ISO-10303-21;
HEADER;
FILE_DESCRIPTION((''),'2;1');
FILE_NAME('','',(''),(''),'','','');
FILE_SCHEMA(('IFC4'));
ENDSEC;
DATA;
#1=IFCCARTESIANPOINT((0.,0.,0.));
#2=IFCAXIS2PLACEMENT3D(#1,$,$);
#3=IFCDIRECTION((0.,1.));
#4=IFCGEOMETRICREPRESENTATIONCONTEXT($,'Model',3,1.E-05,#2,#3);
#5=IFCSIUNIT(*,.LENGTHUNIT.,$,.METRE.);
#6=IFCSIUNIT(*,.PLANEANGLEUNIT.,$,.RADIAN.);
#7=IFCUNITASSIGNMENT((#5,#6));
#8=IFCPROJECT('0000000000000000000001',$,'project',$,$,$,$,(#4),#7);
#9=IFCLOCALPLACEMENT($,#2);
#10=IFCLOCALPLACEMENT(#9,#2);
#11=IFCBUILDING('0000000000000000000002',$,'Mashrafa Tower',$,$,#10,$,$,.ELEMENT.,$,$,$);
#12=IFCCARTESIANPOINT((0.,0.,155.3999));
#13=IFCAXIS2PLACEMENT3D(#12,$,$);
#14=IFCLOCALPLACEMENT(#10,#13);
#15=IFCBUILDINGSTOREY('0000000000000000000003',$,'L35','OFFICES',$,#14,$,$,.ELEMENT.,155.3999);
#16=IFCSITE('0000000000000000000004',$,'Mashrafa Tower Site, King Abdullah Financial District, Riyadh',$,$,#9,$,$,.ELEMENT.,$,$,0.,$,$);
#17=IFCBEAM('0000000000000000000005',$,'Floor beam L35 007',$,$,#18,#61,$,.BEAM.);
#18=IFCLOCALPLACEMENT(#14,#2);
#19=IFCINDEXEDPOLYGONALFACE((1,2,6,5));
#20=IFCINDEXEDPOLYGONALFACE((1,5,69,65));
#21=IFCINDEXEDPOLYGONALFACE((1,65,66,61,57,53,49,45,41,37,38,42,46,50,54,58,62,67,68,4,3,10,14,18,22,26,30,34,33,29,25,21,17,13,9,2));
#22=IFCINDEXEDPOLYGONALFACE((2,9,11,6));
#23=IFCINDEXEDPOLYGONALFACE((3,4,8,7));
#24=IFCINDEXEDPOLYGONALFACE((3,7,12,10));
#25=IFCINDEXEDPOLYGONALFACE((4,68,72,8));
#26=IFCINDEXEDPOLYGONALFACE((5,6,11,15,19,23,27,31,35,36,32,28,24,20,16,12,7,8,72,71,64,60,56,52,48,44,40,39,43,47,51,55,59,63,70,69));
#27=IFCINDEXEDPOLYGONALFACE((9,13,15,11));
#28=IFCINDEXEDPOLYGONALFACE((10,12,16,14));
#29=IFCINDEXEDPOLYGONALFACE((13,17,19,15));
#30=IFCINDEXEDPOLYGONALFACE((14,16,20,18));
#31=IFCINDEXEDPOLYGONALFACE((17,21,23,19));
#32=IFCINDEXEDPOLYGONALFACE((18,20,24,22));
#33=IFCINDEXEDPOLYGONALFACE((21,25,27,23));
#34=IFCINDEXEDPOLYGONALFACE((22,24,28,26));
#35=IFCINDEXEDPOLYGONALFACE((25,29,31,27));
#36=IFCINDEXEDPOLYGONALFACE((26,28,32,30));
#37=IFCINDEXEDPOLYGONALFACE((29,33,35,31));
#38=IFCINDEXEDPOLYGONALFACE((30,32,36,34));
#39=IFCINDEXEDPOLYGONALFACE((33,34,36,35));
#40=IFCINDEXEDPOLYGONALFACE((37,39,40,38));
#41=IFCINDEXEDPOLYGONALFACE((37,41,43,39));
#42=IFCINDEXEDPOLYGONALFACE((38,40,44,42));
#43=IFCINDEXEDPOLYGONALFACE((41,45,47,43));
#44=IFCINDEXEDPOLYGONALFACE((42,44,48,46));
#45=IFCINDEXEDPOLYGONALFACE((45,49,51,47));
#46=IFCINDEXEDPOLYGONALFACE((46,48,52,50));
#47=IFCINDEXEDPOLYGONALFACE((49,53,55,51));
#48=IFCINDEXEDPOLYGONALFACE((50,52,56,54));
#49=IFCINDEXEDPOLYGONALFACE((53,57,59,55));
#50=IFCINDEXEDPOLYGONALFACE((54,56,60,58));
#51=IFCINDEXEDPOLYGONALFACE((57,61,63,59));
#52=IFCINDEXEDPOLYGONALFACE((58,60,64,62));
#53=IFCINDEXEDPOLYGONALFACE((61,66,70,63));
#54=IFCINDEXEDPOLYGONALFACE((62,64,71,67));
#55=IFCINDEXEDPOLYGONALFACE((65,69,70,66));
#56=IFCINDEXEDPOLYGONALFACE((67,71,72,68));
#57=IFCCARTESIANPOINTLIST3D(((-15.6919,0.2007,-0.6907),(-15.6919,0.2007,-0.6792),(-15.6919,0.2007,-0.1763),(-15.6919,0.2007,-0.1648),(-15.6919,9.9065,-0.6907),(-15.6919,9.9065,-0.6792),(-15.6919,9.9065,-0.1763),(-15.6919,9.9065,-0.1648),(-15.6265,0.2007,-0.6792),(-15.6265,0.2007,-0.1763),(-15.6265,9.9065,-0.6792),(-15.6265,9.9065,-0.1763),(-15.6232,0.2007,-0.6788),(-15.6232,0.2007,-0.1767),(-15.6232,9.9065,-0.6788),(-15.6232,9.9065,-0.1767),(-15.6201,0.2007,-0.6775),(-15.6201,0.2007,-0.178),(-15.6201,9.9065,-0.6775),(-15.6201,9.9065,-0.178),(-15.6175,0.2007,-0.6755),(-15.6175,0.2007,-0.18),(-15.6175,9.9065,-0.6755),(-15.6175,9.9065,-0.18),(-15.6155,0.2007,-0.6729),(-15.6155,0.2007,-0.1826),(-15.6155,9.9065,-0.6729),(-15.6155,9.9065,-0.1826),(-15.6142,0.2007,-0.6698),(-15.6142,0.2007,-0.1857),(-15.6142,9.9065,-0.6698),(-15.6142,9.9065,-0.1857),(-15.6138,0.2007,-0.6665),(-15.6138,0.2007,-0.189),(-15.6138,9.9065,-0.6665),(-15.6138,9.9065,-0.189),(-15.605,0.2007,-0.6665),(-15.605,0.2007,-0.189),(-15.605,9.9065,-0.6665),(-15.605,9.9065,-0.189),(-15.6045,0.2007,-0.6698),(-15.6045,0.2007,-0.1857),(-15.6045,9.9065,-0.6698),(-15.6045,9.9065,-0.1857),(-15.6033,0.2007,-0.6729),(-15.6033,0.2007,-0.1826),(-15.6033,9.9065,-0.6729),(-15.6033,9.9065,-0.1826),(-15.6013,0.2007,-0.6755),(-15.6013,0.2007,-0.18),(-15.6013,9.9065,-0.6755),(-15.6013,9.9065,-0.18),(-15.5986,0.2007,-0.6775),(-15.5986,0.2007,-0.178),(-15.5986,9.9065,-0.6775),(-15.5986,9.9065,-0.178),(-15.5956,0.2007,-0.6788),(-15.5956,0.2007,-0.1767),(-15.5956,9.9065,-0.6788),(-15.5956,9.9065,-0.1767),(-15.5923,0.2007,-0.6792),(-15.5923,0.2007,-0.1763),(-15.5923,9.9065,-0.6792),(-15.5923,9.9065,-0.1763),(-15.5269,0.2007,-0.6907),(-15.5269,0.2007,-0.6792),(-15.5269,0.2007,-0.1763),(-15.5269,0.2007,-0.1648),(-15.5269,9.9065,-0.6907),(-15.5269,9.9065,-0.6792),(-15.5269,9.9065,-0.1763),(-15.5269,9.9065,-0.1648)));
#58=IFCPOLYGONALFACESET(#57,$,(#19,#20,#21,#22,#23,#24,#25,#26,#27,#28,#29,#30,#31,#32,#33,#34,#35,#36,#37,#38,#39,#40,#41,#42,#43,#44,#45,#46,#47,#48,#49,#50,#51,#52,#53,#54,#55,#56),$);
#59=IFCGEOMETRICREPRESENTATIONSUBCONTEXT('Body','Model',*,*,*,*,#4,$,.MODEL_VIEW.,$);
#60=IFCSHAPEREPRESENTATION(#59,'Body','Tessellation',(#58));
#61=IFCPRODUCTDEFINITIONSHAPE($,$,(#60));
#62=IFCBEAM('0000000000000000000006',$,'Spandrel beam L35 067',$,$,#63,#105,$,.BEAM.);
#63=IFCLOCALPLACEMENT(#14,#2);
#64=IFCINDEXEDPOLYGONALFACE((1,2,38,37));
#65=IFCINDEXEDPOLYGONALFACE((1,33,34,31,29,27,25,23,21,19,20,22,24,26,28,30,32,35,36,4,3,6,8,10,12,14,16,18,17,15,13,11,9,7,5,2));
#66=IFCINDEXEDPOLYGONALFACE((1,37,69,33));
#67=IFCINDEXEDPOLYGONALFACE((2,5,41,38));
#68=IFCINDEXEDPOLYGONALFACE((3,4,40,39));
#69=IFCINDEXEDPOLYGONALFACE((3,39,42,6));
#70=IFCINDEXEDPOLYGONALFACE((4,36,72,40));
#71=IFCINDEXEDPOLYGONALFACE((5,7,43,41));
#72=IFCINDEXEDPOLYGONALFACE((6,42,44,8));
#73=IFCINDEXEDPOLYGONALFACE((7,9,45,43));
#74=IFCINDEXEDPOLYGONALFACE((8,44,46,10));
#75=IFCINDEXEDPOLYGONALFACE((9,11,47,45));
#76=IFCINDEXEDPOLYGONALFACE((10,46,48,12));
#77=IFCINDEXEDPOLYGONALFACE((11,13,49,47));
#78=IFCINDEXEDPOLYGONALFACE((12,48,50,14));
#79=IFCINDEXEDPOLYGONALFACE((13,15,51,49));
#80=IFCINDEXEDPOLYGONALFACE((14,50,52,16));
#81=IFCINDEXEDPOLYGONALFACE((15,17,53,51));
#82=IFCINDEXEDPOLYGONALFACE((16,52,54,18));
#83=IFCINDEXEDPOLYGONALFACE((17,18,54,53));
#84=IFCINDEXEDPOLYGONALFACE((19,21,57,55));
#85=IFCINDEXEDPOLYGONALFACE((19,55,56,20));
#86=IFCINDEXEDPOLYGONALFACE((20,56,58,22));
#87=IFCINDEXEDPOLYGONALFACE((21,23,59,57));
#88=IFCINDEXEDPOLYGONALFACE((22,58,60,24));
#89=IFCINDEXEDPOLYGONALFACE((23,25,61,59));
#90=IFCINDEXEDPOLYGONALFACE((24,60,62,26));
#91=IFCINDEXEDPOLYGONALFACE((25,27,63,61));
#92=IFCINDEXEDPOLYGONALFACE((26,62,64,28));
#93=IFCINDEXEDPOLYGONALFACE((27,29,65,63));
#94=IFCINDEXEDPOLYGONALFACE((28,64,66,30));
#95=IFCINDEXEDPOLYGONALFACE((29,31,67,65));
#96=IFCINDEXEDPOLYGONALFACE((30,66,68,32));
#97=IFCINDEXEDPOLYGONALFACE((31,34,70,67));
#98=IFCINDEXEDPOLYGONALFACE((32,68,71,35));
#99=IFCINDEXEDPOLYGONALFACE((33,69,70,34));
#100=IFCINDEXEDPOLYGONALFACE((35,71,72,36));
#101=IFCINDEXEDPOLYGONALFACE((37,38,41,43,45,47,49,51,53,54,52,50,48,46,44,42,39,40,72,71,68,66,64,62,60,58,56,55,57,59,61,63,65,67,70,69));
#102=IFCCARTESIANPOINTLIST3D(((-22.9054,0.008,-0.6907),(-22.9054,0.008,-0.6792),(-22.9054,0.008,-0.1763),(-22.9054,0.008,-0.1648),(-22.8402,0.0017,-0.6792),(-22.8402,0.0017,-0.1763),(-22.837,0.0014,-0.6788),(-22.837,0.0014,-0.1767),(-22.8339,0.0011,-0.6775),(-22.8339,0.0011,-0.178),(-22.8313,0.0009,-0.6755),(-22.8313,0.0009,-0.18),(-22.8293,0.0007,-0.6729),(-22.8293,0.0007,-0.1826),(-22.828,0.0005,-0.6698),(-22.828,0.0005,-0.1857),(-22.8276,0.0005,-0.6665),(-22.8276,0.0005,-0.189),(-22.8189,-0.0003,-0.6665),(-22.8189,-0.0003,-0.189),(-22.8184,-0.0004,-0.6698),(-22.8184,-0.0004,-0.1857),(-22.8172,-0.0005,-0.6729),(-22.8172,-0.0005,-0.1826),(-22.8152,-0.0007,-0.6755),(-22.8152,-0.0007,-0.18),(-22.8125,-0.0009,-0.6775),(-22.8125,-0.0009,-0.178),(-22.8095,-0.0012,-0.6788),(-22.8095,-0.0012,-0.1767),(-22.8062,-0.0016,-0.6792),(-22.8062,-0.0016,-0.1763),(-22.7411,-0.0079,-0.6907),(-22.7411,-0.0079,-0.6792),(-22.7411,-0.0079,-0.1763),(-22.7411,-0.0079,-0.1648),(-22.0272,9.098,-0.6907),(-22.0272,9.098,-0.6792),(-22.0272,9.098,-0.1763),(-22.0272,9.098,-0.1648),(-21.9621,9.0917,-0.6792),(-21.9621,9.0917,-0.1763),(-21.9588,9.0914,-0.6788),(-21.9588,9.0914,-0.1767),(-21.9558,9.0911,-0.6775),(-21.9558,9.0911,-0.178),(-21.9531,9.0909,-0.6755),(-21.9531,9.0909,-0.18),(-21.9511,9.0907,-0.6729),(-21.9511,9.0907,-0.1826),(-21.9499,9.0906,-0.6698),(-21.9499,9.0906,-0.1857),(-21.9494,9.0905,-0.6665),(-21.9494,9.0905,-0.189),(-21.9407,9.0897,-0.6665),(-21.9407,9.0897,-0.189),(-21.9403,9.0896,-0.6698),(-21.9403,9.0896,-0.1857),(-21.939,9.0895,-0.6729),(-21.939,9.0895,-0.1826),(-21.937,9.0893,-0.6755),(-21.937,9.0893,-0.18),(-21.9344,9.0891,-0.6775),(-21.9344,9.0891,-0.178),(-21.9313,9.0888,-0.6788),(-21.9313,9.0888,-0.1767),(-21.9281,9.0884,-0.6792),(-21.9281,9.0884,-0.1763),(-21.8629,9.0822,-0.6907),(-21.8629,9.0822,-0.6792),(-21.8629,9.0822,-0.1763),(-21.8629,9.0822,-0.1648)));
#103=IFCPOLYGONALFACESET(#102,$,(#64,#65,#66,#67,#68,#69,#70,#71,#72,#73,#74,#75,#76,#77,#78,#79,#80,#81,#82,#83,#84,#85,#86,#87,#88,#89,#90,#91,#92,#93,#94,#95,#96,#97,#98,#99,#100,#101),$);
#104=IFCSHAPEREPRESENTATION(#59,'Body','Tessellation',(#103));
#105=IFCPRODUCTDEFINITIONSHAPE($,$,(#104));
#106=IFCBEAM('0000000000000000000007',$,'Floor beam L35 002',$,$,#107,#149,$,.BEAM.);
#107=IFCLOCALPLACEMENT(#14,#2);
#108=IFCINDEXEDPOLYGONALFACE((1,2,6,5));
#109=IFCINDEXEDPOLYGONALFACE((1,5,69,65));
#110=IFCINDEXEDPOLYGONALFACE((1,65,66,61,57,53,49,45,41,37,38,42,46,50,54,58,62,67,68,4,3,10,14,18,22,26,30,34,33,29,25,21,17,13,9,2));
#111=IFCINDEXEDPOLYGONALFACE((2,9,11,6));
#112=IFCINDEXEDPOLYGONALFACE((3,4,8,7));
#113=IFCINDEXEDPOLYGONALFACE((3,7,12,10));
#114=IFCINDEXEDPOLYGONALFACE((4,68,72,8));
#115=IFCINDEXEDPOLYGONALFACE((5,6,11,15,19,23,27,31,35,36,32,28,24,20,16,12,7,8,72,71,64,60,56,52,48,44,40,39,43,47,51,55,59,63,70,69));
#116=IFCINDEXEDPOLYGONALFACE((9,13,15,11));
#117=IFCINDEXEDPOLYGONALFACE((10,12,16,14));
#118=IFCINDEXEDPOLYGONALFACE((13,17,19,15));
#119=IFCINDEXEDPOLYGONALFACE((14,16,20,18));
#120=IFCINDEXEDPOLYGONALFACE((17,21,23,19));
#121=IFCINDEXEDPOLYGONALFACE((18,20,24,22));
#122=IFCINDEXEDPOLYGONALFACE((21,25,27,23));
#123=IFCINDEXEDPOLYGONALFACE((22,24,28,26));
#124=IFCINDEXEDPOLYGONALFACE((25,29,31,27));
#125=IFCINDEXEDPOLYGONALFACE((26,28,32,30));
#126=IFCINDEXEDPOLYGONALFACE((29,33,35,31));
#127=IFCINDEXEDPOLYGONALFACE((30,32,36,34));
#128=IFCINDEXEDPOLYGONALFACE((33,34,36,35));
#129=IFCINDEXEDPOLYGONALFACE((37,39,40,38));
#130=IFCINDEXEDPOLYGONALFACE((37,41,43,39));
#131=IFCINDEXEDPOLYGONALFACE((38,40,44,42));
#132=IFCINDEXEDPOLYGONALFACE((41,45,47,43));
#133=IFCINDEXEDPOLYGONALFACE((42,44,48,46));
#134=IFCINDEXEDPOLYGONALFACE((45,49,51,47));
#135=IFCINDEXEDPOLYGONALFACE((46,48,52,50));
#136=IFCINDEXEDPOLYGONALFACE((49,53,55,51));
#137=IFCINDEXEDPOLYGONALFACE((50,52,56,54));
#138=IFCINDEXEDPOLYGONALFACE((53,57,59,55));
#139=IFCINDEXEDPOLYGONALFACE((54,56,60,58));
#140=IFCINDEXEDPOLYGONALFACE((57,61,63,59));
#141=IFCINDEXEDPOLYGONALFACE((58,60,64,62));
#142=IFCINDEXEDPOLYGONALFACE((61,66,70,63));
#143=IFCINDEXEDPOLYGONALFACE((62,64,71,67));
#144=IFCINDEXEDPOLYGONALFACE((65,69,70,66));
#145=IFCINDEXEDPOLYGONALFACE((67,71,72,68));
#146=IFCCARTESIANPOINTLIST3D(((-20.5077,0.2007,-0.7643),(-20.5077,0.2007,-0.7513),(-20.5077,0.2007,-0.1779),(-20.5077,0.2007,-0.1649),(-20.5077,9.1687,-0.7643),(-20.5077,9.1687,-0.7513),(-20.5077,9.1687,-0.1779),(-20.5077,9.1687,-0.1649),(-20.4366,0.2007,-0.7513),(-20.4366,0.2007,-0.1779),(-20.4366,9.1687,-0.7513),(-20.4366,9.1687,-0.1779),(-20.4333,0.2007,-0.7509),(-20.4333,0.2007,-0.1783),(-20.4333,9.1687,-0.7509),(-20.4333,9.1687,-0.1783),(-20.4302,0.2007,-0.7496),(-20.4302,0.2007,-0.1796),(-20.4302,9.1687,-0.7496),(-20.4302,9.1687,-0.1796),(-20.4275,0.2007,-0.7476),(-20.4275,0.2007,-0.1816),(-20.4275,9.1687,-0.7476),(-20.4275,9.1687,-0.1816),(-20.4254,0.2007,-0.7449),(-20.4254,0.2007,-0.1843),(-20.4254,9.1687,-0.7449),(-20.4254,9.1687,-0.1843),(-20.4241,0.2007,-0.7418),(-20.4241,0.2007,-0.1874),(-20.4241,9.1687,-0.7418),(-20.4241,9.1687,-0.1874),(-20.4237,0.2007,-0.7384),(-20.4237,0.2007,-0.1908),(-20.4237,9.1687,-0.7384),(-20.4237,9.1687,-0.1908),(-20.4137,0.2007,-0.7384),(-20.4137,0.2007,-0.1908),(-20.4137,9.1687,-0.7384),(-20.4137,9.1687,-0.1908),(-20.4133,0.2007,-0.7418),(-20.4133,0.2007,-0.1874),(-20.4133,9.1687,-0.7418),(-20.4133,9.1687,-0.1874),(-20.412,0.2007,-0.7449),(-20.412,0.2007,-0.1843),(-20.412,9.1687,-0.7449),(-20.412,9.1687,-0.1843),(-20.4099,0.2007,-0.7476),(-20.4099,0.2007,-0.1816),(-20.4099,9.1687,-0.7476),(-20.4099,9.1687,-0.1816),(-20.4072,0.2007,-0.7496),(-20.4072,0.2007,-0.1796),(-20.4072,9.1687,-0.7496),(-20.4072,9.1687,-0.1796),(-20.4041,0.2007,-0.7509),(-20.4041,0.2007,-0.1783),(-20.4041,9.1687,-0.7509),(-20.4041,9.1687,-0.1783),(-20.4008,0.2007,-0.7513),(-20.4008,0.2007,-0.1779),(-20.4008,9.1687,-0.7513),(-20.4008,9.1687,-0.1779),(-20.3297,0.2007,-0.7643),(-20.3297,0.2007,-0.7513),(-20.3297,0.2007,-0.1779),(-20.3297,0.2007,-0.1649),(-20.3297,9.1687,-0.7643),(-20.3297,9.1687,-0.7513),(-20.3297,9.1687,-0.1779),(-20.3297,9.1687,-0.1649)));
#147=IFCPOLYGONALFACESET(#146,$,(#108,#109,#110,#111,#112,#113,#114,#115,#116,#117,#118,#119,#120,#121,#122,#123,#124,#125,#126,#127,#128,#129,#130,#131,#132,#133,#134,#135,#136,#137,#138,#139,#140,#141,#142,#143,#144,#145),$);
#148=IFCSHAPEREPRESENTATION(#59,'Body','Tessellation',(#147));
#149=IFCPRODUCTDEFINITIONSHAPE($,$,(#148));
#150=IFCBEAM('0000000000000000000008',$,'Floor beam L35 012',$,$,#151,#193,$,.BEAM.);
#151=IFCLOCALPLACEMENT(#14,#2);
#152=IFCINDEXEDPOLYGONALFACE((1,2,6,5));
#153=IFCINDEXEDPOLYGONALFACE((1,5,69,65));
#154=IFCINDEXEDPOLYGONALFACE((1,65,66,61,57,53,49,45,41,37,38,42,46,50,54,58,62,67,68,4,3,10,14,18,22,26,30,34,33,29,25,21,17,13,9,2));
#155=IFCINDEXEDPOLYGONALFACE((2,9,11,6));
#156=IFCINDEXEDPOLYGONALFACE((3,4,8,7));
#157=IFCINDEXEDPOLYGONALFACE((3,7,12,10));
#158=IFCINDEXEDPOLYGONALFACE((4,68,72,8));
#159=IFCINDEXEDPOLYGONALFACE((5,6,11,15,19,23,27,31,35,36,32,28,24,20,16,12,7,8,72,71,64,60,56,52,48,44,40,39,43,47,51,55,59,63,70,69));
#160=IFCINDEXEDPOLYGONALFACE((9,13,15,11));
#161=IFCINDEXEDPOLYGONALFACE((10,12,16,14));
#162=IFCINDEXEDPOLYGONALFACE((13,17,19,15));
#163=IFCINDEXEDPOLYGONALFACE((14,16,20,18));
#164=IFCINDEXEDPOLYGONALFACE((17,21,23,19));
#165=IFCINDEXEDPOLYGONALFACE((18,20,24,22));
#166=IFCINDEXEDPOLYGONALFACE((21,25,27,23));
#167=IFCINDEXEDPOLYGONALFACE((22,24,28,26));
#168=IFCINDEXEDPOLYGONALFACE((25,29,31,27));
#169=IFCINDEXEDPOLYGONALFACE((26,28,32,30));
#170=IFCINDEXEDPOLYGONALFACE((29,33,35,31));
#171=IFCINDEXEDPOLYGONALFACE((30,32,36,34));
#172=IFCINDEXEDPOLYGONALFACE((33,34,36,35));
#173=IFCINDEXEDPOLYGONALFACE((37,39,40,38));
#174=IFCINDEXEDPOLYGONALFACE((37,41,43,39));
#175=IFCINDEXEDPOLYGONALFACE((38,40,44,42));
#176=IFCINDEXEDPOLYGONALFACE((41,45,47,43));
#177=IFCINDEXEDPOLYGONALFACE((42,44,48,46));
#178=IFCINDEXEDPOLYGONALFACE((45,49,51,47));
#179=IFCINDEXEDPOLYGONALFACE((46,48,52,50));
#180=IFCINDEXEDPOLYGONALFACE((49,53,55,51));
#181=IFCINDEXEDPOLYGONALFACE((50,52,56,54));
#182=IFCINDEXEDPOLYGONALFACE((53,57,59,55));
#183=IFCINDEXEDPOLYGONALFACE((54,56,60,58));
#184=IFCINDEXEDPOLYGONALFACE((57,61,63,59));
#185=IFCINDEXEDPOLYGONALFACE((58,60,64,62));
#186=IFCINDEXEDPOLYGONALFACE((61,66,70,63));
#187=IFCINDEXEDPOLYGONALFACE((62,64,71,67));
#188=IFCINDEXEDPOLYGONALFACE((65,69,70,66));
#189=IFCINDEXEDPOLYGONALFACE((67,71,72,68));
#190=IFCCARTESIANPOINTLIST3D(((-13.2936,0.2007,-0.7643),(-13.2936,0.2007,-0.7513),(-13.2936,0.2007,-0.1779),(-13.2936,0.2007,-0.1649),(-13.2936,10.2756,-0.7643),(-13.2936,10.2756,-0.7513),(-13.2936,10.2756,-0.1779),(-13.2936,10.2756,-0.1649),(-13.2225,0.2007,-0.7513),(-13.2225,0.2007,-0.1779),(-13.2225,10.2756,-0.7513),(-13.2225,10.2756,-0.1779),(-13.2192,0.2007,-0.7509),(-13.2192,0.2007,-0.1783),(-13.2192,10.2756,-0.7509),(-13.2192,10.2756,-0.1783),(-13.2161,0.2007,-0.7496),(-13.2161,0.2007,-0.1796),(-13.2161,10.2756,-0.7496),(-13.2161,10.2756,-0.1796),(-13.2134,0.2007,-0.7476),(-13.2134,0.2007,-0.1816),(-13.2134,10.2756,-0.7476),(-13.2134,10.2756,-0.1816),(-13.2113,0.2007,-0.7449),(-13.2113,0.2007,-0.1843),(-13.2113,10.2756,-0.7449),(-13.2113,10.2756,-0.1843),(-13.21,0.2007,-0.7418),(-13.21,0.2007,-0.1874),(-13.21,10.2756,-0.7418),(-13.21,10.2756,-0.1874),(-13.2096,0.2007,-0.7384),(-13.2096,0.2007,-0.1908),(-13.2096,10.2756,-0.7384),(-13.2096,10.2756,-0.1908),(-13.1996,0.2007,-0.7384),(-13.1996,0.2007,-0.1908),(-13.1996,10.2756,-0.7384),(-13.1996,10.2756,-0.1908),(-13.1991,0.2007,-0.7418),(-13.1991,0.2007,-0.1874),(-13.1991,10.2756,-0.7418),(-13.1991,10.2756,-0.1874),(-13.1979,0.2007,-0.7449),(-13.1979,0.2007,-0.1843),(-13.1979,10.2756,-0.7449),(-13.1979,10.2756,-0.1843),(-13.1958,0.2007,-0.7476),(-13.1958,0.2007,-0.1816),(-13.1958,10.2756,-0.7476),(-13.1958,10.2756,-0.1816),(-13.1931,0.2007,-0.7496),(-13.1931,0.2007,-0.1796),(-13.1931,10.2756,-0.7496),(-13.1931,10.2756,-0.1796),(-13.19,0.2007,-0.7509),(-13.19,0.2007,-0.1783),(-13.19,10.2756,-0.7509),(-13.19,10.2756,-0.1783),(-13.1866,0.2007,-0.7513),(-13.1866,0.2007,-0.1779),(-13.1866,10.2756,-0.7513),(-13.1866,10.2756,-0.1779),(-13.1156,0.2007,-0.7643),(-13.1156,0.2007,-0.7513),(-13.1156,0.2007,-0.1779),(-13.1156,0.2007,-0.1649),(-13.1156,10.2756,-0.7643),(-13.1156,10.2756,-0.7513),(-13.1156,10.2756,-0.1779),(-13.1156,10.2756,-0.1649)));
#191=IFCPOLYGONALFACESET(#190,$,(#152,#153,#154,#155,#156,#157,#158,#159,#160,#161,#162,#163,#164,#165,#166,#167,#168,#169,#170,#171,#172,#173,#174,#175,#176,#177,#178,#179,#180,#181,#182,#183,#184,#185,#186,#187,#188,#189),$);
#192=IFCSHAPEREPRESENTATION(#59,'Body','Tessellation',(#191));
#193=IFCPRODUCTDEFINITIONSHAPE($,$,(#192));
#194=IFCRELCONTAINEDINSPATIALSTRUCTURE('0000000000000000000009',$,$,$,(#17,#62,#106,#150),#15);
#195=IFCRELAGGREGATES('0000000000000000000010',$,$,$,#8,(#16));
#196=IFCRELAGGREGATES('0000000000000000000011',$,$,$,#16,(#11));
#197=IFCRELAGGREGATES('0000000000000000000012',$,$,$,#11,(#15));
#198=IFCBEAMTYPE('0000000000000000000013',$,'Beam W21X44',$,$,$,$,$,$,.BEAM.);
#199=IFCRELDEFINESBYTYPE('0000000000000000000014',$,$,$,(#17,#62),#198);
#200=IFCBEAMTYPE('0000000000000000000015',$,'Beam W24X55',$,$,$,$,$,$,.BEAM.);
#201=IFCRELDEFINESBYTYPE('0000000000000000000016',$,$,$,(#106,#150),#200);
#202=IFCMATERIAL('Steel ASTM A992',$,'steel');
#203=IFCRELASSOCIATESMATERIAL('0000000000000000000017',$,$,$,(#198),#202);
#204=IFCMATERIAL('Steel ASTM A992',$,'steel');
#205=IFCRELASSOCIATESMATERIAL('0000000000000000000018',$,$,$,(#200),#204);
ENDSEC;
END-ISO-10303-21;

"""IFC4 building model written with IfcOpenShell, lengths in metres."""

from ifc_helpers import new_model, si_unit, direction, frame, origin, origin_2d, place, context, subcontext, project, spatial, i_section, extrude, material, material_profile, profile_set, type_object, element, save


model = new_model("IFC4")

# Units and contexts
model_context = context("Model", 3, precision=1e-05, world=origin(), true_north=direction((0.0, 1.0)))
body_context = subcontext(model_context, "Body", "Model", "MODEL_VIEW")
ifc_project = project(units=[si_unit("LENGTHUNIT", "METRE"), si_unit("PLANEANGLEUNIT", "RADIAN")], contexts=[model_context])

# Site, building, storey
site_placement = place(None, origin())
site = spatial("IfcSite", under=ifc_project, at=site_placement, Name="Mashrafa Tower Site, King Abdullah Financial District, Riyadh", CompositionType="ELEMENT", RefElevation=0.0)
building_placement = place(site_placement, origin())
building = spatial("IfcBuilding", under=site, at=building_placement, Name="Mashrafa Tower", CompositionType="ELEMENT")
storey_placement = place(building_placement, frame((0.0, 0.0, 155.3999)))
storey = spatial("IfcBuildingStorey", under=building, at=storey_placement, Name="L35", Description="OFFICES", CompositionType="ELEMENT", Elevation=155.3999)

# Beams
ifc_material_1 = material(Name="Steel ASTM A992", Category="steel")
ifc_material_profile_1 = material_profile(ifc_material_1, i_section(OverallWidth=0.165, OverallDepth=0.5259, WebThickness=0.0088, FlangeThickness=0.0115, FilletRadius=0.0127, at=origin_2d()), Name="W21X44")
ifc_profile_set_1 = profile_set([ifc_material_profile_1], Name="Steel ASTM A992")
beam_type_1 = type_object("IfcBeamType", Name="Beam W21X44", PredefinedType="BEAM", material=ifc_profile_set_1)
beam_1_placement = place(storey_placement, frame((-15.6094, 0.2007, -0.4277), z_axis=(0.0, 1.0, 0.0), x_axis=(-1.0, 0.0, 0.0)))
element("IfcBeam", 1, at=beam_1_placement, inside=storey, type_object=beam_type_1, Name="Floor beam L35 007", PredefinedType="BEAM", context=body_context, shape_type="SweptSolid", body=[
    extrude(i_section(OverallWidth=0.165, OverallDepth=0.5259, WebThickness=0.0088, FlangeThickness=0.0115, FilletRadius=0.0127, at=origin_2d()), origin(), (0.0, 0.0, 1.0), 9.7058),
])
beam_2_placement = place(storey_placement, frame((-21.9451, 9.0901, -0.4277), z_axis=(-0.09616, -0.995366, 0.0), x_axis=(0.995366, -0.09616, 0.0)))
element("IfcBeam", 2, at=beam_2_placement, inside=storey, type_object=beam_type_1, Name="Spandrel beam L35 067", PredefinedType="BEAM", context=body_context, shape_type="SweptSolid", body=[
    extrude(i_section(OverallWidth=0.165, OverallDepth=0.5259, WebThickness=0.0088, FlangeThickness=0.0115, FilletRadius=0.0127, at=origin_2d()), origin(), (0.0, 0.0, 1.0), 9.1323),
])
ifc_material_2 = material(Name="Steel ASTM A992", Category="steel")
ifc_material_profile_2 = material_profile(ifc_material_2, i_section(OverallWidth=0.178, OverallDepth=0.5994, WebThickness=0.01, FlangeThickness=0.0129, FilletRadius=0.0129, at=origin_2d()), Name="W24X55")
ifc_profile_set_2 = profile_set([ifc_material_profile_2], Name="Steel ASTM A992")
beam_type_2 = type_object("IfcBeamType", Name="Beam W24X55", PredefinedType="BEAM", material=ifc_profile_set_2)
beam_3_placement = place(storey_placement, frame((-20.4187, 0.2007, -0.4646), z_axis=(0.0, 1.0, 0.0), x_axis=(-1.0, 0.0, 0.0)))
element("IfcBeam", 3, at=beam_3_placement, inside=storey, type_object=beam_type_2, Name="Floor beam L35 002", PredefinedType="BEAM", context=body_context, shape_type="SweptSolid", body=[
    extrude(i_section(OverallWidth=0.178, OverallDepth=0.5994, WebThickness=0.01, FlangeThickness=0.0129, FilletRadius=0.0129, at=origin_2d()), origin(), (0.0, 0.0, 1.0), 8.968),
])
beam_4_placement = place(storey_placement, frame((-13.2046, 0.2007, -0.4646), z_axis=(0.0, 1.0, 0.0), x_axis=(-1.0, 0.0, 0.0)))
element("IfcBeam", 4, at=beam_4_placement, inside=storey, type_object=beam_type_2, Name="Floor beam L35 012", PredefinedType="BEAM", context=body_context, shape_type="SweptSolid", body=[
    extrude(i_section(OverallWidth=0.178, OverallDepth=0.5994, WebThickness=0.01, FlangeThickness=0.0129, FilletRadius=0.0129, at=origin_2d()), origin(), (0.0, 0.0, 1.0), 10.075),
])

save(model, "model.ifc")
